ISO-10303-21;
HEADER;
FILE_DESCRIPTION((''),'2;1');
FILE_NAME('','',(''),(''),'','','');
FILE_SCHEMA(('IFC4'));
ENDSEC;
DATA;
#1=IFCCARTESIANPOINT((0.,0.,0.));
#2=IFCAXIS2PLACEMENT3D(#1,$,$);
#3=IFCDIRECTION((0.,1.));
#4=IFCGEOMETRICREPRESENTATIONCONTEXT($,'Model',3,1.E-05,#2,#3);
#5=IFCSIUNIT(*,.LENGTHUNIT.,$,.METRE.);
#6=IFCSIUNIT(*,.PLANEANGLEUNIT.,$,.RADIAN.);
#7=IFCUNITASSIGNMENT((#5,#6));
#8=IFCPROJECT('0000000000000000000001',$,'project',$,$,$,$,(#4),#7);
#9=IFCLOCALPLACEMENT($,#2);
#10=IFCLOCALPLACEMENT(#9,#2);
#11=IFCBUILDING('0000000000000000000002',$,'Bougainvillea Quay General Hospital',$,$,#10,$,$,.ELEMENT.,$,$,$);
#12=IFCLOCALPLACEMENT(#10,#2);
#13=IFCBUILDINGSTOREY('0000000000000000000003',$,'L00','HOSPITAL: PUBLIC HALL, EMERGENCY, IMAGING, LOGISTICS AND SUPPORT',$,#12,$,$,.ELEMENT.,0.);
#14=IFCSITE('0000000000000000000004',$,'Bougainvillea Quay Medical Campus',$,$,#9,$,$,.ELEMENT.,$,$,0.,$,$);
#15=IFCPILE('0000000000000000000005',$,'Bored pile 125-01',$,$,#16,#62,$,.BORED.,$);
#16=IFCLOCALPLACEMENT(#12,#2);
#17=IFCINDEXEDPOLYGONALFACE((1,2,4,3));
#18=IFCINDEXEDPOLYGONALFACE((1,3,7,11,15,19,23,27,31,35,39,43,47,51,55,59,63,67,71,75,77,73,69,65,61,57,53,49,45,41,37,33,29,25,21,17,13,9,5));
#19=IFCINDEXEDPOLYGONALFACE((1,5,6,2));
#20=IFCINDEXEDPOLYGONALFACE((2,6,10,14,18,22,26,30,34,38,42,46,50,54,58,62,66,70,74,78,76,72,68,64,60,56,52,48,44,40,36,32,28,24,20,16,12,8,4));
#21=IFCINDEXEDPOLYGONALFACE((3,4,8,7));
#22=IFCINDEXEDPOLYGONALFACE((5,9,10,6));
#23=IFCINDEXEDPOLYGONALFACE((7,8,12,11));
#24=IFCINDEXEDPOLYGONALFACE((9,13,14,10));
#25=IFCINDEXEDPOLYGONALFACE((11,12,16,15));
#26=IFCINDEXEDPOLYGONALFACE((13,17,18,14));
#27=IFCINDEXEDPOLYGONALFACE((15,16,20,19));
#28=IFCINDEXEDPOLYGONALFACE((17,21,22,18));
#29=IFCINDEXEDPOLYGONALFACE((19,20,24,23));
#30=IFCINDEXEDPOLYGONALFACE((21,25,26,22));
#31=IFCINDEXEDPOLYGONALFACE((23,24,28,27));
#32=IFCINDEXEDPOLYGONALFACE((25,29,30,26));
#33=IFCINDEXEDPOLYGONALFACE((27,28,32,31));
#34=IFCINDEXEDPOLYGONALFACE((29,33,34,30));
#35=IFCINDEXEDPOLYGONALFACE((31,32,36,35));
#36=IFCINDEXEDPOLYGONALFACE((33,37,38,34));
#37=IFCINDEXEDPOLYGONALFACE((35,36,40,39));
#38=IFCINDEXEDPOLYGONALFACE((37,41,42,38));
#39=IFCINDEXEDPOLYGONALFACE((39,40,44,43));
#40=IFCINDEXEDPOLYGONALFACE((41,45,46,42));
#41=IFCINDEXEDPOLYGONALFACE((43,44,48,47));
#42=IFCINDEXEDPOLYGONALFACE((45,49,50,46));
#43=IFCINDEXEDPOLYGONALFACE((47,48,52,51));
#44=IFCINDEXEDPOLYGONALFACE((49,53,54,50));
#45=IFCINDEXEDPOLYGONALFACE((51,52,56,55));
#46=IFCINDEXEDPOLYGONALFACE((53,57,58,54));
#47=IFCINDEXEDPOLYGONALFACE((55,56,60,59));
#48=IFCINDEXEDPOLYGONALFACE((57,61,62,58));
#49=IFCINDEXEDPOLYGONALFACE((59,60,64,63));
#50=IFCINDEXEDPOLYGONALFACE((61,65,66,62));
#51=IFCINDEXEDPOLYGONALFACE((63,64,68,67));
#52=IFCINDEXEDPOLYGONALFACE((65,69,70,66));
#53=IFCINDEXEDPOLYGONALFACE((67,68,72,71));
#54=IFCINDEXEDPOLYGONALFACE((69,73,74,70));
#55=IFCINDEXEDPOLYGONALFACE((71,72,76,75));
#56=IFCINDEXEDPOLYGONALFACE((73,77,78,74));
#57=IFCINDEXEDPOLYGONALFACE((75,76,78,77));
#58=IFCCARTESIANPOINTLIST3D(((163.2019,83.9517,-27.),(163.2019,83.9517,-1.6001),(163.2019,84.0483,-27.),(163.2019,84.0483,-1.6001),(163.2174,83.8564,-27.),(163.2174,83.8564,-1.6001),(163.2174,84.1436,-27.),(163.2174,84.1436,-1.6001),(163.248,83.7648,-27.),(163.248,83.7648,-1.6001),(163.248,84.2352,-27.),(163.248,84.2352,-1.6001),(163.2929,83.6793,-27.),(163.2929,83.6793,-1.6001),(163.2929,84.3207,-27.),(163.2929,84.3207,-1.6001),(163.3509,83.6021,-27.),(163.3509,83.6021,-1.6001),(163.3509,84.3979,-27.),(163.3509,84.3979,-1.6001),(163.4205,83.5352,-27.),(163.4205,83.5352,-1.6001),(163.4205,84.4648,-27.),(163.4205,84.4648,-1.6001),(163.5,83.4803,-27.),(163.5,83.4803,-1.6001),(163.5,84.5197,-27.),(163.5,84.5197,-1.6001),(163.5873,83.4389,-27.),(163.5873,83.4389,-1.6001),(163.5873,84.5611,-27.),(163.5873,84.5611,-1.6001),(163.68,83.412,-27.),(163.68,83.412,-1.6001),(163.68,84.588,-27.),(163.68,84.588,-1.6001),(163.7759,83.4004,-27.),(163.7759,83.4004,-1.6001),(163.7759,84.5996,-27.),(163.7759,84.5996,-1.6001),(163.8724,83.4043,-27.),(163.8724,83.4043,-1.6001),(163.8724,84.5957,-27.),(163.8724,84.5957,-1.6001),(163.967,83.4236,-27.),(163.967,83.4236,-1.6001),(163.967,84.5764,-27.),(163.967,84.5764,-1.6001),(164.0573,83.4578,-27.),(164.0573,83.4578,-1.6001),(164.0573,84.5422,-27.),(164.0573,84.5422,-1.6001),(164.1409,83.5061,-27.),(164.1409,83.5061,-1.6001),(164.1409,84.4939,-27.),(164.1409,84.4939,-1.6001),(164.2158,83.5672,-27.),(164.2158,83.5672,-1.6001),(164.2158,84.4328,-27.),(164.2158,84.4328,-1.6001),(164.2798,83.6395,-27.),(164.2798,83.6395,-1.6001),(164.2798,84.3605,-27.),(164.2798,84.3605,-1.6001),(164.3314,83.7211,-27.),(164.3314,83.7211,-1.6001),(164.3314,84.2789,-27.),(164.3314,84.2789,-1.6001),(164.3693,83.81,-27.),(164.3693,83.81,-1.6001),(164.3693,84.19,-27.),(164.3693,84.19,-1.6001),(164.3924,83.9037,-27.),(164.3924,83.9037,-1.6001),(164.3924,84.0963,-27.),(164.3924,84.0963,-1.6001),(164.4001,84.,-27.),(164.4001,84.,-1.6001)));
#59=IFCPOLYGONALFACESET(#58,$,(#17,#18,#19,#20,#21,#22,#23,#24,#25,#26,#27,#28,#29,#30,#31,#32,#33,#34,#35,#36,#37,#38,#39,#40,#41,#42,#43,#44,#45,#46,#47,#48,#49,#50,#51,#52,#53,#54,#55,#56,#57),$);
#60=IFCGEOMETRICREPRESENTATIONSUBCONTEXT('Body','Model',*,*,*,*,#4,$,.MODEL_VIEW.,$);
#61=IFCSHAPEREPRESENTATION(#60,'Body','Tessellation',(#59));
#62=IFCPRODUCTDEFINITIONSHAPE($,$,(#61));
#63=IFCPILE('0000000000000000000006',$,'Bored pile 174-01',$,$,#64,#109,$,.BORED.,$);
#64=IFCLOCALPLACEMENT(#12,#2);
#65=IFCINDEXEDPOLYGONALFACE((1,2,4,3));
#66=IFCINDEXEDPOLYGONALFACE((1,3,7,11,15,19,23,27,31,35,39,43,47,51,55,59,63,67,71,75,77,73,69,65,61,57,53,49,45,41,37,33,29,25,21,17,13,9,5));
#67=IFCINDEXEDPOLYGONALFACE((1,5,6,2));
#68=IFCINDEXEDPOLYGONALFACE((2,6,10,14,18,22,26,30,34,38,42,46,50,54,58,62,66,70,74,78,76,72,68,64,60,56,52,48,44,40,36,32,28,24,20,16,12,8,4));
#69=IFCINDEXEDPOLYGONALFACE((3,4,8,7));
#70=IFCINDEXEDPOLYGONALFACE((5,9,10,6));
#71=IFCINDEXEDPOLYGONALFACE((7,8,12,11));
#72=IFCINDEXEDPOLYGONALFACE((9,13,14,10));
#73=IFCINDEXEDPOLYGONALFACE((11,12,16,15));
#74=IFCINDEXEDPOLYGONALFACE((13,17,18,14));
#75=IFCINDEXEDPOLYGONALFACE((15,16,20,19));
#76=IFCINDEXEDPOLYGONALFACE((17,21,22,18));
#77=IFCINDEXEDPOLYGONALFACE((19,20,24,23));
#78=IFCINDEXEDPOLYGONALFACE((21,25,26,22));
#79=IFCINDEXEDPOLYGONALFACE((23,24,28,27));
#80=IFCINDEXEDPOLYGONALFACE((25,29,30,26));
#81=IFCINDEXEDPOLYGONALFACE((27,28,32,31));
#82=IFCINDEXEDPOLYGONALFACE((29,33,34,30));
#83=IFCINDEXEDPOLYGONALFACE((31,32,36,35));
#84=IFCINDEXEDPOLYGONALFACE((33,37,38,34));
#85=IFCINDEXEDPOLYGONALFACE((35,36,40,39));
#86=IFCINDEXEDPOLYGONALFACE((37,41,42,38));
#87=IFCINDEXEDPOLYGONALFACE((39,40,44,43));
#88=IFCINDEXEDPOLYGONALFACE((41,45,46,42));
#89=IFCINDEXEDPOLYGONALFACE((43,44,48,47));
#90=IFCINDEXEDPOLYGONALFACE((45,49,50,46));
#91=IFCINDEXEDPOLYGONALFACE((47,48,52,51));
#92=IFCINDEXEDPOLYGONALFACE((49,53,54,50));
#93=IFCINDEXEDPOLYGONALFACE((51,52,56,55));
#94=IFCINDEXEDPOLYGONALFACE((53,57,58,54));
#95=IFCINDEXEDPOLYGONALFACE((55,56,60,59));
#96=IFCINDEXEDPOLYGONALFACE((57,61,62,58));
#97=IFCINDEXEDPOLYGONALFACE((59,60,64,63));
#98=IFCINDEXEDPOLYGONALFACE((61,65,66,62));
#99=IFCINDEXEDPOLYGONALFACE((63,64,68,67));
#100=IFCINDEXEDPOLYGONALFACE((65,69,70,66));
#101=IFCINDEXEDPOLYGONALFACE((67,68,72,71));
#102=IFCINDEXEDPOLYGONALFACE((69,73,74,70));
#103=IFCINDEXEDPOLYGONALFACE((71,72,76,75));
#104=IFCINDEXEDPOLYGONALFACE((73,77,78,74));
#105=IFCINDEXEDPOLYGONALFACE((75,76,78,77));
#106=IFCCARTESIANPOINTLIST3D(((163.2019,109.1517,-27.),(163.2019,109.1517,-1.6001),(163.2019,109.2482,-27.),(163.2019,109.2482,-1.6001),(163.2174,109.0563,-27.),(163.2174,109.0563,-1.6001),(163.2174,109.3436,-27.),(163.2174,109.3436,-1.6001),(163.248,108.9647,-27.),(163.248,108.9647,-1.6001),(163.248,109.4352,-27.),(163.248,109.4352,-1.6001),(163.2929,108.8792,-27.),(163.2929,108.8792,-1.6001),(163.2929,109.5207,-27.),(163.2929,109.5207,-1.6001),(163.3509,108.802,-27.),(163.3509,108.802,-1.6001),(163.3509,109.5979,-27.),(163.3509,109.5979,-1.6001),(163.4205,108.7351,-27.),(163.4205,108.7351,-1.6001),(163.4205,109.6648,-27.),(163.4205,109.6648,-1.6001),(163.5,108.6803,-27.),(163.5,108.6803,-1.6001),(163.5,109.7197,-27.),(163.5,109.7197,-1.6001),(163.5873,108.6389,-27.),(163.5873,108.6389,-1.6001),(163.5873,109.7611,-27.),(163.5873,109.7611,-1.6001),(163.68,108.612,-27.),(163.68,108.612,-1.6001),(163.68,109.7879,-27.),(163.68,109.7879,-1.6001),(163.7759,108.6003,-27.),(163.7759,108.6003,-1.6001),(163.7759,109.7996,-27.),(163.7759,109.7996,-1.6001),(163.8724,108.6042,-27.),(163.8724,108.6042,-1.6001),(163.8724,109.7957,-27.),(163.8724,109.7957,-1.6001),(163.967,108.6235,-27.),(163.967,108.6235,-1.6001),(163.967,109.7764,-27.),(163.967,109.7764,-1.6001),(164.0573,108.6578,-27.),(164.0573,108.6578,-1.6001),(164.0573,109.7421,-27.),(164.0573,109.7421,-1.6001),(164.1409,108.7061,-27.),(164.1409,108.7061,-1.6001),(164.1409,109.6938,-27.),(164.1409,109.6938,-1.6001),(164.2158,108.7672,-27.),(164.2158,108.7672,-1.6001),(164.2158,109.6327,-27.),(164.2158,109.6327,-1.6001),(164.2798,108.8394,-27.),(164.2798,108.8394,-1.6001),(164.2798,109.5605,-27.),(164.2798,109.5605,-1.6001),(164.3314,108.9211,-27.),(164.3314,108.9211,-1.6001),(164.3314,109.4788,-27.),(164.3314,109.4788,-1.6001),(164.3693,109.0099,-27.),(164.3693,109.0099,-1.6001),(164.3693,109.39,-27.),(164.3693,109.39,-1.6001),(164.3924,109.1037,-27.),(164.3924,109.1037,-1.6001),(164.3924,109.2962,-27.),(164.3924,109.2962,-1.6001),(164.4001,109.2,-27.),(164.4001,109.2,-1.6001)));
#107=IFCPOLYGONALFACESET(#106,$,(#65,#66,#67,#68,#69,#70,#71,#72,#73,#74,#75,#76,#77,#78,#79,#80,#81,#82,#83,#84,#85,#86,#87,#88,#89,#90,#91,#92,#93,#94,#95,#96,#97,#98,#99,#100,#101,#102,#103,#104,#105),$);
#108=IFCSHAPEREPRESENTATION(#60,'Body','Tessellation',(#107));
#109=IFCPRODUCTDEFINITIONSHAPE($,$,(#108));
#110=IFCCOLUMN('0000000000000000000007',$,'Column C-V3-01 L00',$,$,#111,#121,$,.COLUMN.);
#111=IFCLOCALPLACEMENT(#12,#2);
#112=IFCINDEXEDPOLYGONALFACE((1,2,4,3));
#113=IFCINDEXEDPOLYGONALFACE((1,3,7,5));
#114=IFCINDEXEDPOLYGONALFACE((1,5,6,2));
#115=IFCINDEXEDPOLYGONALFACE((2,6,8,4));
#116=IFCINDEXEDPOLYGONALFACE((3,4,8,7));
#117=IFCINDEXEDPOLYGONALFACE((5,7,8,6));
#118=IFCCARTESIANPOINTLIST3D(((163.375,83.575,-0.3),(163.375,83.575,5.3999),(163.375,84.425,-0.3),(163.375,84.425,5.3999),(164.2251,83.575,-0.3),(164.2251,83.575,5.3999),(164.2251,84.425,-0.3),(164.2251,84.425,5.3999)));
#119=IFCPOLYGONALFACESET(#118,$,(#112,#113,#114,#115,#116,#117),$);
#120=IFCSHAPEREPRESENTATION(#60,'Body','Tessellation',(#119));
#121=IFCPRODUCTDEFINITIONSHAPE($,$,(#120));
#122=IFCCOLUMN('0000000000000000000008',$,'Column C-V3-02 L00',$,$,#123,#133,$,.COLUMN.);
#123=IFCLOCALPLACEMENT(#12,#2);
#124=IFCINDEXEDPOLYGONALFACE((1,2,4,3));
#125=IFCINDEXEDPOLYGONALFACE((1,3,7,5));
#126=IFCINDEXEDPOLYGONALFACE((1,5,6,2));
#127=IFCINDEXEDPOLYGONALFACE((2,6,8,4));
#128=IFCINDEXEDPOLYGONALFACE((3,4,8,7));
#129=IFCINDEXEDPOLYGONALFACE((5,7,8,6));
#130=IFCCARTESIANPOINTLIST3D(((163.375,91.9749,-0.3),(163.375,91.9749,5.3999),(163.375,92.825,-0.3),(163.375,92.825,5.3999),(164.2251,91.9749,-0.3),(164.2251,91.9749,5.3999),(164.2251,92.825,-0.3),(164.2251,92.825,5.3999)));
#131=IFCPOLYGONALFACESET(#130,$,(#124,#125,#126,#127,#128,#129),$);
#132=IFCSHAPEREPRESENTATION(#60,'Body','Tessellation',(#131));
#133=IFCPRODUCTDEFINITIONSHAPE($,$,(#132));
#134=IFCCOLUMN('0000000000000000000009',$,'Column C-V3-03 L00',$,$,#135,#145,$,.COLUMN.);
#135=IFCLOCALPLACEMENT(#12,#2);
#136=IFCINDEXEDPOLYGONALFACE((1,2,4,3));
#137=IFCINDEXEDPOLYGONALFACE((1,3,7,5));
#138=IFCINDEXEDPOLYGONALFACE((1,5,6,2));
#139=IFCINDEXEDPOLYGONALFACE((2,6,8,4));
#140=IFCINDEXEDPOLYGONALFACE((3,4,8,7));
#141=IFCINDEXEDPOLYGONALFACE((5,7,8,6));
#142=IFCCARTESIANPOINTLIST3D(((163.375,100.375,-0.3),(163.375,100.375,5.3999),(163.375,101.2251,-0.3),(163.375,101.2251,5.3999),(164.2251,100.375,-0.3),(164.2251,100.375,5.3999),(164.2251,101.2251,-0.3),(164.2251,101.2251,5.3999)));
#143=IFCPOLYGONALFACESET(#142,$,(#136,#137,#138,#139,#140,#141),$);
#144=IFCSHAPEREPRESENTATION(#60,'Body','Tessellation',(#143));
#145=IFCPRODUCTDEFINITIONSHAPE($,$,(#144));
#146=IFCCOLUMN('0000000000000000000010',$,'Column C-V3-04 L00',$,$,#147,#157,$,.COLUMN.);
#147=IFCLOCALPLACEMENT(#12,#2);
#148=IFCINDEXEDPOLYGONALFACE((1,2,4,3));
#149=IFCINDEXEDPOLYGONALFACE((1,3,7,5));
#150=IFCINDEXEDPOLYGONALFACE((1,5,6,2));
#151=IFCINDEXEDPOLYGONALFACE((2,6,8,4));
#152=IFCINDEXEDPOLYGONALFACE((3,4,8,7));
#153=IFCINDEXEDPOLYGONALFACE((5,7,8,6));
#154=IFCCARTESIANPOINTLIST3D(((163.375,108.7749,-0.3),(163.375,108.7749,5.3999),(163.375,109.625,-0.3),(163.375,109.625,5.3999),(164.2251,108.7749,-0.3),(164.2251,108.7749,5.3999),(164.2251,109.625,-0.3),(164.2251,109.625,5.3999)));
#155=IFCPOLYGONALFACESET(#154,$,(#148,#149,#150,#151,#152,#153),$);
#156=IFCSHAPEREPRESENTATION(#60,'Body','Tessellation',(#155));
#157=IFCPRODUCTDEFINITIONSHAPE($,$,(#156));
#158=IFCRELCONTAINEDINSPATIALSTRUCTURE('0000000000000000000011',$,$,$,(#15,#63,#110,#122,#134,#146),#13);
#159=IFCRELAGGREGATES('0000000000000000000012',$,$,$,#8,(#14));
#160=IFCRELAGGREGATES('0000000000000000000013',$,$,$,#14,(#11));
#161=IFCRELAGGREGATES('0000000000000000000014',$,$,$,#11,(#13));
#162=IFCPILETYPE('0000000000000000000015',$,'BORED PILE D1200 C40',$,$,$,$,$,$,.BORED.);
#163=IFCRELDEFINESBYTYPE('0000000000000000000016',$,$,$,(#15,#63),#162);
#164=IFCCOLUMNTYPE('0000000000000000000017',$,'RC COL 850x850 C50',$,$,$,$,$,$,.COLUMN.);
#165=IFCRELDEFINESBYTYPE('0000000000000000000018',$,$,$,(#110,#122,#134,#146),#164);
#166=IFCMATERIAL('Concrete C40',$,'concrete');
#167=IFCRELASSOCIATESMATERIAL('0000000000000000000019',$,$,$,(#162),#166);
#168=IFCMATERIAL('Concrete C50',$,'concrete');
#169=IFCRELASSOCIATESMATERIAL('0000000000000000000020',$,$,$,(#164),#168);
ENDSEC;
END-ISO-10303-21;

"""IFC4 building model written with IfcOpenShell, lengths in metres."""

from ifc_helpers import new_model, si_unit, direction, frame, origin, origin_2d, place, context, subcontext, project, spatial, rectangle, circle, extrude, material, material_profile, profile_set, type_object, element, save


model = new_model("IFC4")

# Units and contexts
model_context = context("Model", 3, precision=1e-05, world=origin(), true_north=direction((0.0, 1.0)))
body_context = subcontext(model_context, "Body", "Model", "MODEL_VIEW")
ifc_project = project(units=[si_unit("LENGTHUNIT", "METRE"), si_unit("PLANEANGLEUNIT", "RADIAN")], contexts=[model_context])

# Site, building, storey
site_placement = place(None, origin())
site = spatial("IfcSite", under=ifc_project, at=site_placement, Name="Bougainvillea Quay Medical Campus", CompositionType="ELEMENT", RefElevation=0.0)
building_placement = place(site_placement, origin())
building = spatial("IfcBuilding", under=site, at=building_placement, Name="Bougainvillea Quay General Hospital", CompositionType="ELEMENT")
storey_placement = place(building_placement, origin())
storey = spatial("IfcBuildingStorey", under=building, at=storey_placement, Name="L00", Description="HOSPITAL: PUBLIC HALL, EMERGENCY, IMAGING, LOGISTICS AND SUPPORT", CompositionType="ELEMENT", Elevation=0.0)

# Piles
ifc_material_1 = material(Name="Concrete C40", Category="concrete")
ifc_material_profile_1 = material_profile(ifc_material_1, circle(Radius=0.6001, at=origin_2d()))
ifc_profile_set_1 = profile_set([ifc_material_profile_1], Name="Concrete C40")
pile_type = type_object("IfcPileType", Name="BORED PILE D1200 C40", PredefinedType="BORED", material=ifc_profile_set_1)
for number, where, z_axis, x_axis, name in (
    (1, (163.8, 84.0, -1.6001), (0.0, 0.0, -1.0), (1.0, 0.0, 0.0), "Bored pile 125-01"),
    (2, (163.8, 109.2, -1.6001), (0.0, 0.0, -1.0), (1.0, 0.0, 0.0), "Bored pile 174-01"),
):
    element("IfcPile", number, at=place(storey_placement, frame(where, z_axis=z_axis, x_axis=x_axis)), inside=storey, type_object=pile_type, Name=name, PredefinedType="BORED", context=body_context, shape_type="SweptSolid", body=[
        extrude(circle(Radius=0.6001, at=origin_2d()), origin(), (0.0, 0.0, 1.0), 25.3999),
    ])

# Columns
ifc_material_2 = material(Name="Concrete C50", Category="concrete")
ifc_material_profile_2 = material_profile(ifc_material_2, rectangle(XDim=0.8501, YDim=0.8501, at=origin_2d()))
ifc_profile_set_2 = profile_set([ifc_material_profile_2], Name="Concrete C50")
column_type = type_object("IfcColumnType", Name="RC COL 850x850 C50", PredefinedType="COLUMN", material=ifc_profile_set_2)
for number, where, z_axis, x_axis, name in (
    (3, (163.8, 84.0, -0.3), (0.0, 0.0, 1.0), (1.0, 0.0, 0.0), "Column C-V3-01 L00"),
    (4, (163.8, 92.3999, -0.3), (0.0, 0.0, 1.0), (1.0, 0.0, 0.0), "Column C-V3-02 L00"),
    (5, (163.8, 100.8, -0.3), (0.0, 0.0, 1.0), (1.0, 0.0, 0.0), "Column C-V3-03 L00"),
    (6, (163.8, 109.2, -0.3), (0.0, 0.0, 1.0), (1.0, 0.0, 0.0), "Column C-V3-04 L00"),
):
    element("IfcColumn", number, at=place(storey_placement, frame(where, z_axis=z_axis, x_axis=x_axis)), inside=storey, type_object=column_type, Name=name, PredefinedType="COLUMN", context=body_context, shape_type="SweptSolid", body=[
        extrude(rectangle(XDim=0.8501, YDim=0.8501, at=origin_2d()), origin(), (0.0, 0.0, 1.0), 5.7),
    ])

save(model, "model.ifc")
